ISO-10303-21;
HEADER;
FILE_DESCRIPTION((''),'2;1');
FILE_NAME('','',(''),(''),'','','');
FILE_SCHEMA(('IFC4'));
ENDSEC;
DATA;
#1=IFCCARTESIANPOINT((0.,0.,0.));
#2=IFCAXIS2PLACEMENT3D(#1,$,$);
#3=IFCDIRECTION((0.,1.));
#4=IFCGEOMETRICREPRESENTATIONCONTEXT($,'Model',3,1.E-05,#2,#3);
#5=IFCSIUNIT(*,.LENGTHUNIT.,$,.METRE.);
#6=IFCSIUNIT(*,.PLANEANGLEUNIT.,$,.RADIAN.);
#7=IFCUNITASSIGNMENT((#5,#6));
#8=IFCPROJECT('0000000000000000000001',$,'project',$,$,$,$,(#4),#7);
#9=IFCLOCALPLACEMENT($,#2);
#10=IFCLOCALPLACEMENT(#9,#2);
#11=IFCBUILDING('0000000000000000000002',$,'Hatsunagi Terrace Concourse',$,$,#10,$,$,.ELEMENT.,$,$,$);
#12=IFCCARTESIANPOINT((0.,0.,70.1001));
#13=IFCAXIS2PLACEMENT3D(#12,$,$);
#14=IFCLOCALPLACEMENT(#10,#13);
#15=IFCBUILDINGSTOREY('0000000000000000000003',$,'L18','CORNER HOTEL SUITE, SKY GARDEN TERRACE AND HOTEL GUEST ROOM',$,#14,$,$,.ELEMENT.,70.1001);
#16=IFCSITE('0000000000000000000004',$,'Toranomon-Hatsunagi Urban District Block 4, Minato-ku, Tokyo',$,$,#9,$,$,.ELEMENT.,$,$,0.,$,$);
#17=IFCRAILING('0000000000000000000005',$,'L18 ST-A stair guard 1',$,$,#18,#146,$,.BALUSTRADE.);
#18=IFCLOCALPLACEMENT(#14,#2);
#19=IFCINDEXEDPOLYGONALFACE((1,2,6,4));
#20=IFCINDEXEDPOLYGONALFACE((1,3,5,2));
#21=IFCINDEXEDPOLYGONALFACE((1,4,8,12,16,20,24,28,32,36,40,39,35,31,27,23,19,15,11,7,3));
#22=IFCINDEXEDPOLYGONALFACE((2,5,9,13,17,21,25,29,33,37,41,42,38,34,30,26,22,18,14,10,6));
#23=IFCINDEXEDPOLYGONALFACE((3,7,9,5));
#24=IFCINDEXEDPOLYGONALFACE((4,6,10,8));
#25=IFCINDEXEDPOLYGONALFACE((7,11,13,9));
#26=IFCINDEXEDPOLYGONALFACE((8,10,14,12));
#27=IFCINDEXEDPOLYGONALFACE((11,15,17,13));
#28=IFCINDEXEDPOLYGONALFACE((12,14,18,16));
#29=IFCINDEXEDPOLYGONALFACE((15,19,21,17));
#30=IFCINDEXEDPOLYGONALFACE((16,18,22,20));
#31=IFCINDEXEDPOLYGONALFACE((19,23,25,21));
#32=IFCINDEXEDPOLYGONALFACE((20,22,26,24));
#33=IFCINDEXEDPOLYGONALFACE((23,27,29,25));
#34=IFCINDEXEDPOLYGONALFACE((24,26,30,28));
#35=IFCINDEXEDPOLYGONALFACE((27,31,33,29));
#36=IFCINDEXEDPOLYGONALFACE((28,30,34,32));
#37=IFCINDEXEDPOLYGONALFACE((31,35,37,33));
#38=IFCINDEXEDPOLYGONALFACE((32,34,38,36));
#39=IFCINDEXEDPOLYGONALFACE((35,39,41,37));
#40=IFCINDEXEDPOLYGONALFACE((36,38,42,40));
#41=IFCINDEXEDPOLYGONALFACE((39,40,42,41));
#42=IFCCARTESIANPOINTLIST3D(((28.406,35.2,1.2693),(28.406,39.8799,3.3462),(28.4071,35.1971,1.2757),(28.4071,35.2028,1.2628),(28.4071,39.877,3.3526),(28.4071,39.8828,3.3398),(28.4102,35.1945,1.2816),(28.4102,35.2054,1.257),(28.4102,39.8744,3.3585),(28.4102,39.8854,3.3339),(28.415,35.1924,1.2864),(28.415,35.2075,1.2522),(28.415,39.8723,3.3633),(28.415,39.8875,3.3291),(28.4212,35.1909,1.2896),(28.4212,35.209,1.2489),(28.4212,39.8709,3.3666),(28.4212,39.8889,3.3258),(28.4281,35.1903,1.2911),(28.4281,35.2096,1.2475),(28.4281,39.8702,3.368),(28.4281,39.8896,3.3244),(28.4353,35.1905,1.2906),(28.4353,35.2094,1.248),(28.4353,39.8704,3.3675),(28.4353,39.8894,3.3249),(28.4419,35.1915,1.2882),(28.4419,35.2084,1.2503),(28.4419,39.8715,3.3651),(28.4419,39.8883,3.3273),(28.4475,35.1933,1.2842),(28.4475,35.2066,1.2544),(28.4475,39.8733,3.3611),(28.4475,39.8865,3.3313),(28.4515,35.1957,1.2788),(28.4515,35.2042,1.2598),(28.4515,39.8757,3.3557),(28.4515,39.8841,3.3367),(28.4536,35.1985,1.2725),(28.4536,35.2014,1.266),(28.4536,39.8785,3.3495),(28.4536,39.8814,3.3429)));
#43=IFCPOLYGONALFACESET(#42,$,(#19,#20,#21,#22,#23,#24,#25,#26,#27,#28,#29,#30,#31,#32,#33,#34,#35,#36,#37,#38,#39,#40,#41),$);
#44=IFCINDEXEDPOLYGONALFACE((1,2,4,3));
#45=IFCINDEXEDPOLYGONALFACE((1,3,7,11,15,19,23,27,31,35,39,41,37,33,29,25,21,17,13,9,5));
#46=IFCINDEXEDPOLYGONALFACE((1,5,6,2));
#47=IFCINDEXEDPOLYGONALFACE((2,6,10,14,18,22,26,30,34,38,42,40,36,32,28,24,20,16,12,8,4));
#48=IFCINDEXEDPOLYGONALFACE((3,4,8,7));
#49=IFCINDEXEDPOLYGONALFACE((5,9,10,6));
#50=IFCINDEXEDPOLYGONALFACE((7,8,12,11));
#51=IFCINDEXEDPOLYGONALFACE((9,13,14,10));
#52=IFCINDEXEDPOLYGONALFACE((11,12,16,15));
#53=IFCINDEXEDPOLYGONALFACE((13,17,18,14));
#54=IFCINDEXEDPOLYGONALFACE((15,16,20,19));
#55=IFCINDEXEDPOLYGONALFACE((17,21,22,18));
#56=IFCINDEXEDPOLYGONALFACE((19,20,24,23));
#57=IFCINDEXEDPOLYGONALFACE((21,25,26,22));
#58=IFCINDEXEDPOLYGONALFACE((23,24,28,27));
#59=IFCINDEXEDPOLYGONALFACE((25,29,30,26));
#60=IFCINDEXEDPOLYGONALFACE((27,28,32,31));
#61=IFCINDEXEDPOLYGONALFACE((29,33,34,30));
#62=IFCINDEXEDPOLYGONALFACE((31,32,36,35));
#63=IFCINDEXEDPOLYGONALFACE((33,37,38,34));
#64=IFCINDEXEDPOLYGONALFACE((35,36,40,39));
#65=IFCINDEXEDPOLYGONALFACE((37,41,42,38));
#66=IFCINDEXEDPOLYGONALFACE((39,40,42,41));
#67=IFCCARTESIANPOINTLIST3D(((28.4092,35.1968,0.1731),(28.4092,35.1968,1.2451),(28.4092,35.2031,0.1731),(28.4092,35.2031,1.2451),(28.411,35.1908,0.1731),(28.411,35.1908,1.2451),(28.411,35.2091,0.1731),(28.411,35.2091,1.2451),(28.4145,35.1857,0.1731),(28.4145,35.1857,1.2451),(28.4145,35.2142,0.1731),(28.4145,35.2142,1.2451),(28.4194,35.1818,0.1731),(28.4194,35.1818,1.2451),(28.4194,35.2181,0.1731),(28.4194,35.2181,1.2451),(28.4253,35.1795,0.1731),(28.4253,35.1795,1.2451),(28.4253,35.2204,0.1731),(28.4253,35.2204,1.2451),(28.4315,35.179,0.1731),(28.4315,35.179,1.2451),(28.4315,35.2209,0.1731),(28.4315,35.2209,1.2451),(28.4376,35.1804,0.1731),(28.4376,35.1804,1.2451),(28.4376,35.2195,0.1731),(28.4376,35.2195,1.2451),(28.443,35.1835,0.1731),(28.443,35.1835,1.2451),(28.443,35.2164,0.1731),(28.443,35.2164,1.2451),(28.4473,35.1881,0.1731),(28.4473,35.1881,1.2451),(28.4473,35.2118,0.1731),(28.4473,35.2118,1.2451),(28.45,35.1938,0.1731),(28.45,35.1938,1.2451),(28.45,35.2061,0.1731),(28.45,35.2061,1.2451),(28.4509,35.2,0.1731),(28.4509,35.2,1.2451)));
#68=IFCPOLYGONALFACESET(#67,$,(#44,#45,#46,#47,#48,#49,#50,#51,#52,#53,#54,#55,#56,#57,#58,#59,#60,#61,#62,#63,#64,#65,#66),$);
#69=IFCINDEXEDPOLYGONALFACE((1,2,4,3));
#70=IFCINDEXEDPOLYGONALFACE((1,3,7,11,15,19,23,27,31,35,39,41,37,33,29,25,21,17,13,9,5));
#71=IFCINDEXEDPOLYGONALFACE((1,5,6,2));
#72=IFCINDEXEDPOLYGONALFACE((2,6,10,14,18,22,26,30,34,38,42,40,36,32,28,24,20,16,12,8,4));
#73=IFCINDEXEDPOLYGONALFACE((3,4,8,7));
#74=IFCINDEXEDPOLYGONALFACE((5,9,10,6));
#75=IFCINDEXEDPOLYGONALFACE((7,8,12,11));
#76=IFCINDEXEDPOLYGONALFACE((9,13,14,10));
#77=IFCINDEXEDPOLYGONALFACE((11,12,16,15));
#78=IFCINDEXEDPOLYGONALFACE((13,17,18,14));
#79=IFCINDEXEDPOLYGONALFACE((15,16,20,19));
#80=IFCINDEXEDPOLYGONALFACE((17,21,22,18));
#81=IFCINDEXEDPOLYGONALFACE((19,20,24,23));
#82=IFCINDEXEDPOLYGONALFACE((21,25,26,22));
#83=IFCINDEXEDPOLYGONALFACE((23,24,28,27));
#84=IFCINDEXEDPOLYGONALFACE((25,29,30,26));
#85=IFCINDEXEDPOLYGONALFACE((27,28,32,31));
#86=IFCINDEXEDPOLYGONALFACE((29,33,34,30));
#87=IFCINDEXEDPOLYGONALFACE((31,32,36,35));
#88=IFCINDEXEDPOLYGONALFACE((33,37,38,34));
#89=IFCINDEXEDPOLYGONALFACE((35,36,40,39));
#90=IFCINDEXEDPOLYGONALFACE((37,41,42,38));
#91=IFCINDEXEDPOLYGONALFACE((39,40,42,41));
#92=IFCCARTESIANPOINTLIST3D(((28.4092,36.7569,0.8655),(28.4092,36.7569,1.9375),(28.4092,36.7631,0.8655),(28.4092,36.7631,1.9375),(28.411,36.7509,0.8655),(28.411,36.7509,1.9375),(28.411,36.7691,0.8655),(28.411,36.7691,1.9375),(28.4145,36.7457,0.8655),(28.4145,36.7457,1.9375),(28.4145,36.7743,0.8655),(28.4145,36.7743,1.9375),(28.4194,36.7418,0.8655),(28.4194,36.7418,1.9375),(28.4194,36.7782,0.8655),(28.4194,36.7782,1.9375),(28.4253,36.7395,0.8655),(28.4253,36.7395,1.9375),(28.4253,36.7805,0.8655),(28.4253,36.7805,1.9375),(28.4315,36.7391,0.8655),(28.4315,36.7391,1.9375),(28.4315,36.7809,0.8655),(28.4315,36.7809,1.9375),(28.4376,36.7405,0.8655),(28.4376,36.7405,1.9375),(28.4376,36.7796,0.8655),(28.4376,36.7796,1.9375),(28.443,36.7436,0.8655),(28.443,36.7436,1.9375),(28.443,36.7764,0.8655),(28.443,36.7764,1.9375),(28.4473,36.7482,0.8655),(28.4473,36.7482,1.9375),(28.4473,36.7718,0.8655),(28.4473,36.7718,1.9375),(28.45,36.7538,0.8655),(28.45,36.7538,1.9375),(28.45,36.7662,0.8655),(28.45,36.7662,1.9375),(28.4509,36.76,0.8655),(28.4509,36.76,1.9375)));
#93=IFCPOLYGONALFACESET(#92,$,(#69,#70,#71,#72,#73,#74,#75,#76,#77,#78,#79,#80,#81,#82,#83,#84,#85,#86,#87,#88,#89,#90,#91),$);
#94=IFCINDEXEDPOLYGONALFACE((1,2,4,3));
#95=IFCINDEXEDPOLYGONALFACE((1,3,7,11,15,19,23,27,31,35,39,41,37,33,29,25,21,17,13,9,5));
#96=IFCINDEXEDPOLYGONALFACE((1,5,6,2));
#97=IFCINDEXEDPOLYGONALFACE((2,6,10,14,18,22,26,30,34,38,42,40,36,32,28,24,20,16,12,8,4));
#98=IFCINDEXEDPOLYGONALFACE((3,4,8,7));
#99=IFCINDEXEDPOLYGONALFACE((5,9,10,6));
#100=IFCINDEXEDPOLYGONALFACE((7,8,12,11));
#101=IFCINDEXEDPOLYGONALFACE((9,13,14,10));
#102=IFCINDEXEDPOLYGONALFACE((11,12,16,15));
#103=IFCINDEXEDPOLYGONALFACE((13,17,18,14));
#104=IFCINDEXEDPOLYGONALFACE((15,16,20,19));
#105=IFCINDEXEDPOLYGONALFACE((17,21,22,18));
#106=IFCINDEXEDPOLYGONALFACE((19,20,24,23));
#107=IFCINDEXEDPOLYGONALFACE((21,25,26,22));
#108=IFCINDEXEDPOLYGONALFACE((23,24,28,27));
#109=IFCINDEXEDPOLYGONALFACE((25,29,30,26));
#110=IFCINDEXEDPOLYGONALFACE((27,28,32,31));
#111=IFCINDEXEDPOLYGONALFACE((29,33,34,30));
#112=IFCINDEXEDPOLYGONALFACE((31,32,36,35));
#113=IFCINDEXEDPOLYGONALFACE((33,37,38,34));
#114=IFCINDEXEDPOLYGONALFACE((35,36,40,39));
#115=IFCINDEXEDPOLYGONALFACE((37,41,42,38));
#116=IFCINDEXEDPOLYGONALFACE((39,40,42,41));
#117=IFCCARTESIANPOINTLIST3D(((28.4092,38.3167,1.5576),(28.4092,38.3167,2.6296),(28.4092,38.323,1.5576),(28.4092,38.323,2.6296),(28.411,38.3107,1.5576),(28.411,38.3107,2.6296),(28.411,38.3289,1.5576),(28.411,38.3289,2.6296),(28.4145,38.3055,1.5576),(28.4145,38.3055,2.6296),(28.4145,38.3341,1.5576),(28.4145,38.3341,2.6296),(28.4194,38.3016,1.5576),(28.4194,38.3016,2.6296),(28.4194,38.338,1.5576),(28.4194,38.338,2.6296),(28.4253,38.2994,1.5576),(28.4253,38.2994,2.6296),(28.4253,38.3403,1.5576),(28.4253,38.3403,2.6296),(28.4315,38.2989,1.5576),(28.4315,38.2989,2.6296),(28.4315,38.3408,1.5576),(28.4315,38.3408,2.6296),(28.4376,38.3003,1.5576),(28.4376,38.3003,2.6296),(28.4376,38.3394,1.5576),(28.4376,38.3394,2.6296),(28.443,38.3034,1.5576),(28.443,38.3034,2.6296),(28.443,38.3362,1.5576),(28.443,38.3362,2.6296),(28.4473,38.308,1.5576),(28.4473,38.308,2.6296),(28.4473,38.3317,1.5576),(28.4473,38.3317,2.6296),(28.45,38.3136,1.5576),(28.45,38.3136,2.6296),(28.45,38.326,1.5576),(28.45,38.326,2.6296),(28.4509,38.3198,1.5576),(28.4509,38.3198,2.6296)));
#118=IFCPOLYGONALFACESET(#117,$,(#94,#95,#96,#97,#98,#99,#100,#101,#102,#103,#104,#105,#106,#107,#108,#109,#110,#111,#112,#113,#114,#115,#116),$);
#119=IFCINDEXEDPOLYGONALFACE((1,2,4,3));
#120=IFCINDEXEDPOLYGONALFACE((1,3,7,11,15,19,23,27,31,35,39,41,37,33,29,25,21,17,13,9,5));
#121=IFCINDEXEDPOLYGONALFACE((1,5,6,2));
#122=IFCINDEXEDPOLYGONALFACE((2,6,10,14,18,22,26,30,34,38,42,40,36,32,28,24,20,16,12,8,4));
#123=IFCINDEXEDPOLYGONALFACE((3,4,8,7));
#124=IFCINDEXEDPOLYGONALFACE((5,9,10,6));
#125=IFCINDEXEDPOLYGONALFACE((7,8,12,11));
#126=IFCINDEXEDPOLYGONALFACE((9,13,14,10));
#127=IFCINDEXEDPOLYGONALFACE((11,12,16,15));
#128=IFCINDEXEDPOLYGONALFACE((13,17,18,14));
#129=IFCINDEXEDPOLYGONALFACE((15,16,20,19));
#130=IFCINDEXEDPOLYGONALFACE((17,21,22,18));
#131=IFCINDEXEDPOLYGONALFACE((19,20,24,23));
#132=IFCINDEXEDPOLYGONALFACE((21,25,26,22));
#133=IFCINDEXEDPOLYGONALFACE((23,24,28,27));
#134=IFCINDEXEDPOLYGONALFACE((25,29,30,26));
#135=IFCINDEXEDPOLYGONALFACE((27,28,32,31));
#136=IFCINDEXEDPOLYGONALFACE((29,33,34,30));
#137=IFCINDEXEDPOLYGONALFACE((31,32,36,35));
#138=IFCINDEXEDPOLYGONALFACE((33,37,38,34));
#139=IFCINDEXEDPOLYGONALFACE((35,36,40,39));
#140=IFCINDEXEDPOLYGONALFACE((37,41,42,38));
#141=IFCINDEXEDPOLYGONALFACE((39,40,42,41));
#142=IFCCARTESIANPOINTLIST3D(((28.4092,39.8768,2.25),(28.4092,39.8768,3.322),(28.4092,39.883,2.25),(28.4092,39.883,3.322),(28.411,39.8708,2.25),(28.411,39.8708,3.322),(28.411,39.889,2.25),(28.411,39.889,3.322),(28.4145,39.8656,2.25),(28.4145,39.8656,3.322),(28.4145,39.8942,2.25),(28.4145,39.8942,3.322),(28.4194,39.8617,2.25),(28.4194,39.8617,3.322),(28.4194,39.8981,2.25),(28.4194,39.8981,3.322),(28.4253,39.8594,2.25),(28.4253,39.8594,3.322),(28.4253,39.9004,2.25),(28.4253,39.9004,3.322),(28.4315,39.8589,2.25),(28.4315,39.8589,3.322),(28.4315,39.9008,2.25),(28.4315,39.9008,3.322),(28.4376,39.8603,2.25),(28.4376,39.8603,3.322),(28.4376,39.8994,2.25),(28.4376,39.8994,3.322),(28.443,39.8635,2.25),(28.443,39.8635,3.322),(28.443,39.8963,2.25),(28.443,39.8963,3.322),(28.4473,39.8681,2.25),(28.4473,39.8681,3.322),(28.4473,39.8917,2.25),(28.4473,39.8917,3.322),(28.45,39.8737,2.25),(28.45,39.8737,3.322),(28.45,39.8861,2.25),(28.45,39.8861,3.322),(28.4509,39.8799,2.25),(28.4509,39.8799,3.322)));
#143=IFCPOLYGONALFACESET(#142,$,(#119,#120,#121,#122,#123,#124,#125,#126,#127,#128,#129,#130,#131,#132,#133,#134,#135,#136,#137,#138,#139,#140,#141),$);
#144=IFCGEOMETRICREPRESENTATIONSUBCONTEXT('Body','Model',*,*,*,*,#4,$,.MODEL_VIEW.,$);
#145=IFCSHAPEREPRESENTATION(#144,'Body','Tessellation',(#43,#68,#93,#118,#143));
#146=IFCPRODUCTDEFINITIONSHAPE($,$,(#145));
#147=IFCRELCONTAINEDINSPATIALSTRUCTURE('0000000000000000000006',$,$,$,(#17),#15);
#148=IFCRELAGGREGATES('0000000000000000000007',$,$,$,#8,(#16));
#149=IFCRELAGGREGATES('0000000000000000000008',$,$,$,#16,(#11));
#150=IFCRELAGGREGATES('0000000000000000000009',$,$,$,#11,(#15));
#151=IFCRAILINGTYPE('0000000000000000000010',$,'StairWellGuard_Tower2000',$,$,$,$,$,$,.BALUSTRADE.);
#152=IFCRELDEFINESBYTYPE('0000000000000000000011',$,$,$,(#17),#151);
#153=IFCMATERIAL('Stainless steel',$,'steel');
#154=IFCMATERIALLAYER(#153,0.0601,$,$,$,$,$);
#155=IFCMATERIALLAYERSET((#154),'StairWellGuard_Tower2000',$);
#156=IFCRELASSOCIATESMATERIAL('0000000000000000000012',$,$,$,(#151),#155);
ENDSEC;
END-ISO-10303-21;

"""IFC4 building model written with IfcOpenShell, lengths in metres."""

from ifc_helpers import new_model, si_unit, direction, frame, origin, origin_2d, place, context, subcontext, project, spatial, circle, extrude, material, layer, layer_set, type_object, element, save


model = new_model("IFC4")

# Units and contexts
model_context = context("Model", 3, precision=1e-05, world=origin(), true_north=direction((0.0, 1.0)))
body_context = subcontext(model_context, "Body", "Model", "MODEL_VIEW")
ifc_project = project(units=[si_unit("LENGTHUNIT", "METRE"), si_unit("PLANEANGLEUNIT", "RADIAN")], contexts=[model_context])

# Site, building, storey
site_placement = place(None, origin())
site = spatial("IfcSite", under=ifc_project, at=site_placement, Name="Toranomon-Hatsunagi Urban District Block 4, Minato-ku, Tokyo", CompositionType="ELEMENT", RefElevation=0.0)
building_placement = place(site_placement, origin())
building = spatial("IfcBuilding", under=site, at=building_placement, Name="Hatsunagi Terrace Concourse", CompositionType="ELEMENT")
storey_placement = place(building_placement, frame((0.0, 0.0, 70.1001)))
storey = spatial("IfcBuildingStorey", under=building, at=storey_placement, Name="L18", Description="CORNER HOTEL SUITE, SKY GARDEN TERRACE AND HOTEL GUEST ROOM", CompositionType="ELEMENT", Elevation=70.1001)

# Railing
ifc_material_1 = material(Name="Stainless steel", Category="steel")
ifc_layer_1 = layer(ifc_material_1, 0.0601)
ifc_layer_set_1 = layer_set([ifc_layer_1], Name="StairWellGuard_Tower2000")
railing_type_1 = type_object("IfcRailingType", Name="StairWellGuard_Tower2000", PredefinedType="BALUSTRADE", material=ifc_layer_set_1)
railing_1_placement = place(storey_placement, frame((28.4299, 35.2, 0.1731)))
element("IfcRailing", 1, at=railing_1_placement, inside=storey, type_object=railing_type_1, Name="L18 ST-A stair guard 1", PredefinedType="BALUSTRADE", context=body_context, shape_type="SweptSolid", body=[
    extrude(circle(Radius=0.0239, at=origin_2d()), frame((0.0, 0.0, 1.0962), z_axis=(0.0, 0.914034, 0.405638), x_axis=(-1.0, 0.0, 0.0)), (0.0, 0.0, 1.0), 5.1201),
    extrude(circle(Radius=0.021, at=origin_2d()), origin(), (0.0, 0.0, 1.0), 1.072),
    extrude(circle(Radius=0.021, at=origin_2d()), frame((0.0, 1.5601, 0.6924)), (0.0, 0.0, 1.0), 1.072),
    extrude(circle(Radius=0.021, at=origin_2d()), frame((0.0, 3.1199, 1.3845)), (0.0, 0.0, 1.0), 1.072),
    extrude(circle(Radius=0.021, at=origin_2d()), frame((0.0, 4.6799, 2.0769)), (0.0, 0.0, 1.0), 1.072),
])

save(model, "model.ifc")
